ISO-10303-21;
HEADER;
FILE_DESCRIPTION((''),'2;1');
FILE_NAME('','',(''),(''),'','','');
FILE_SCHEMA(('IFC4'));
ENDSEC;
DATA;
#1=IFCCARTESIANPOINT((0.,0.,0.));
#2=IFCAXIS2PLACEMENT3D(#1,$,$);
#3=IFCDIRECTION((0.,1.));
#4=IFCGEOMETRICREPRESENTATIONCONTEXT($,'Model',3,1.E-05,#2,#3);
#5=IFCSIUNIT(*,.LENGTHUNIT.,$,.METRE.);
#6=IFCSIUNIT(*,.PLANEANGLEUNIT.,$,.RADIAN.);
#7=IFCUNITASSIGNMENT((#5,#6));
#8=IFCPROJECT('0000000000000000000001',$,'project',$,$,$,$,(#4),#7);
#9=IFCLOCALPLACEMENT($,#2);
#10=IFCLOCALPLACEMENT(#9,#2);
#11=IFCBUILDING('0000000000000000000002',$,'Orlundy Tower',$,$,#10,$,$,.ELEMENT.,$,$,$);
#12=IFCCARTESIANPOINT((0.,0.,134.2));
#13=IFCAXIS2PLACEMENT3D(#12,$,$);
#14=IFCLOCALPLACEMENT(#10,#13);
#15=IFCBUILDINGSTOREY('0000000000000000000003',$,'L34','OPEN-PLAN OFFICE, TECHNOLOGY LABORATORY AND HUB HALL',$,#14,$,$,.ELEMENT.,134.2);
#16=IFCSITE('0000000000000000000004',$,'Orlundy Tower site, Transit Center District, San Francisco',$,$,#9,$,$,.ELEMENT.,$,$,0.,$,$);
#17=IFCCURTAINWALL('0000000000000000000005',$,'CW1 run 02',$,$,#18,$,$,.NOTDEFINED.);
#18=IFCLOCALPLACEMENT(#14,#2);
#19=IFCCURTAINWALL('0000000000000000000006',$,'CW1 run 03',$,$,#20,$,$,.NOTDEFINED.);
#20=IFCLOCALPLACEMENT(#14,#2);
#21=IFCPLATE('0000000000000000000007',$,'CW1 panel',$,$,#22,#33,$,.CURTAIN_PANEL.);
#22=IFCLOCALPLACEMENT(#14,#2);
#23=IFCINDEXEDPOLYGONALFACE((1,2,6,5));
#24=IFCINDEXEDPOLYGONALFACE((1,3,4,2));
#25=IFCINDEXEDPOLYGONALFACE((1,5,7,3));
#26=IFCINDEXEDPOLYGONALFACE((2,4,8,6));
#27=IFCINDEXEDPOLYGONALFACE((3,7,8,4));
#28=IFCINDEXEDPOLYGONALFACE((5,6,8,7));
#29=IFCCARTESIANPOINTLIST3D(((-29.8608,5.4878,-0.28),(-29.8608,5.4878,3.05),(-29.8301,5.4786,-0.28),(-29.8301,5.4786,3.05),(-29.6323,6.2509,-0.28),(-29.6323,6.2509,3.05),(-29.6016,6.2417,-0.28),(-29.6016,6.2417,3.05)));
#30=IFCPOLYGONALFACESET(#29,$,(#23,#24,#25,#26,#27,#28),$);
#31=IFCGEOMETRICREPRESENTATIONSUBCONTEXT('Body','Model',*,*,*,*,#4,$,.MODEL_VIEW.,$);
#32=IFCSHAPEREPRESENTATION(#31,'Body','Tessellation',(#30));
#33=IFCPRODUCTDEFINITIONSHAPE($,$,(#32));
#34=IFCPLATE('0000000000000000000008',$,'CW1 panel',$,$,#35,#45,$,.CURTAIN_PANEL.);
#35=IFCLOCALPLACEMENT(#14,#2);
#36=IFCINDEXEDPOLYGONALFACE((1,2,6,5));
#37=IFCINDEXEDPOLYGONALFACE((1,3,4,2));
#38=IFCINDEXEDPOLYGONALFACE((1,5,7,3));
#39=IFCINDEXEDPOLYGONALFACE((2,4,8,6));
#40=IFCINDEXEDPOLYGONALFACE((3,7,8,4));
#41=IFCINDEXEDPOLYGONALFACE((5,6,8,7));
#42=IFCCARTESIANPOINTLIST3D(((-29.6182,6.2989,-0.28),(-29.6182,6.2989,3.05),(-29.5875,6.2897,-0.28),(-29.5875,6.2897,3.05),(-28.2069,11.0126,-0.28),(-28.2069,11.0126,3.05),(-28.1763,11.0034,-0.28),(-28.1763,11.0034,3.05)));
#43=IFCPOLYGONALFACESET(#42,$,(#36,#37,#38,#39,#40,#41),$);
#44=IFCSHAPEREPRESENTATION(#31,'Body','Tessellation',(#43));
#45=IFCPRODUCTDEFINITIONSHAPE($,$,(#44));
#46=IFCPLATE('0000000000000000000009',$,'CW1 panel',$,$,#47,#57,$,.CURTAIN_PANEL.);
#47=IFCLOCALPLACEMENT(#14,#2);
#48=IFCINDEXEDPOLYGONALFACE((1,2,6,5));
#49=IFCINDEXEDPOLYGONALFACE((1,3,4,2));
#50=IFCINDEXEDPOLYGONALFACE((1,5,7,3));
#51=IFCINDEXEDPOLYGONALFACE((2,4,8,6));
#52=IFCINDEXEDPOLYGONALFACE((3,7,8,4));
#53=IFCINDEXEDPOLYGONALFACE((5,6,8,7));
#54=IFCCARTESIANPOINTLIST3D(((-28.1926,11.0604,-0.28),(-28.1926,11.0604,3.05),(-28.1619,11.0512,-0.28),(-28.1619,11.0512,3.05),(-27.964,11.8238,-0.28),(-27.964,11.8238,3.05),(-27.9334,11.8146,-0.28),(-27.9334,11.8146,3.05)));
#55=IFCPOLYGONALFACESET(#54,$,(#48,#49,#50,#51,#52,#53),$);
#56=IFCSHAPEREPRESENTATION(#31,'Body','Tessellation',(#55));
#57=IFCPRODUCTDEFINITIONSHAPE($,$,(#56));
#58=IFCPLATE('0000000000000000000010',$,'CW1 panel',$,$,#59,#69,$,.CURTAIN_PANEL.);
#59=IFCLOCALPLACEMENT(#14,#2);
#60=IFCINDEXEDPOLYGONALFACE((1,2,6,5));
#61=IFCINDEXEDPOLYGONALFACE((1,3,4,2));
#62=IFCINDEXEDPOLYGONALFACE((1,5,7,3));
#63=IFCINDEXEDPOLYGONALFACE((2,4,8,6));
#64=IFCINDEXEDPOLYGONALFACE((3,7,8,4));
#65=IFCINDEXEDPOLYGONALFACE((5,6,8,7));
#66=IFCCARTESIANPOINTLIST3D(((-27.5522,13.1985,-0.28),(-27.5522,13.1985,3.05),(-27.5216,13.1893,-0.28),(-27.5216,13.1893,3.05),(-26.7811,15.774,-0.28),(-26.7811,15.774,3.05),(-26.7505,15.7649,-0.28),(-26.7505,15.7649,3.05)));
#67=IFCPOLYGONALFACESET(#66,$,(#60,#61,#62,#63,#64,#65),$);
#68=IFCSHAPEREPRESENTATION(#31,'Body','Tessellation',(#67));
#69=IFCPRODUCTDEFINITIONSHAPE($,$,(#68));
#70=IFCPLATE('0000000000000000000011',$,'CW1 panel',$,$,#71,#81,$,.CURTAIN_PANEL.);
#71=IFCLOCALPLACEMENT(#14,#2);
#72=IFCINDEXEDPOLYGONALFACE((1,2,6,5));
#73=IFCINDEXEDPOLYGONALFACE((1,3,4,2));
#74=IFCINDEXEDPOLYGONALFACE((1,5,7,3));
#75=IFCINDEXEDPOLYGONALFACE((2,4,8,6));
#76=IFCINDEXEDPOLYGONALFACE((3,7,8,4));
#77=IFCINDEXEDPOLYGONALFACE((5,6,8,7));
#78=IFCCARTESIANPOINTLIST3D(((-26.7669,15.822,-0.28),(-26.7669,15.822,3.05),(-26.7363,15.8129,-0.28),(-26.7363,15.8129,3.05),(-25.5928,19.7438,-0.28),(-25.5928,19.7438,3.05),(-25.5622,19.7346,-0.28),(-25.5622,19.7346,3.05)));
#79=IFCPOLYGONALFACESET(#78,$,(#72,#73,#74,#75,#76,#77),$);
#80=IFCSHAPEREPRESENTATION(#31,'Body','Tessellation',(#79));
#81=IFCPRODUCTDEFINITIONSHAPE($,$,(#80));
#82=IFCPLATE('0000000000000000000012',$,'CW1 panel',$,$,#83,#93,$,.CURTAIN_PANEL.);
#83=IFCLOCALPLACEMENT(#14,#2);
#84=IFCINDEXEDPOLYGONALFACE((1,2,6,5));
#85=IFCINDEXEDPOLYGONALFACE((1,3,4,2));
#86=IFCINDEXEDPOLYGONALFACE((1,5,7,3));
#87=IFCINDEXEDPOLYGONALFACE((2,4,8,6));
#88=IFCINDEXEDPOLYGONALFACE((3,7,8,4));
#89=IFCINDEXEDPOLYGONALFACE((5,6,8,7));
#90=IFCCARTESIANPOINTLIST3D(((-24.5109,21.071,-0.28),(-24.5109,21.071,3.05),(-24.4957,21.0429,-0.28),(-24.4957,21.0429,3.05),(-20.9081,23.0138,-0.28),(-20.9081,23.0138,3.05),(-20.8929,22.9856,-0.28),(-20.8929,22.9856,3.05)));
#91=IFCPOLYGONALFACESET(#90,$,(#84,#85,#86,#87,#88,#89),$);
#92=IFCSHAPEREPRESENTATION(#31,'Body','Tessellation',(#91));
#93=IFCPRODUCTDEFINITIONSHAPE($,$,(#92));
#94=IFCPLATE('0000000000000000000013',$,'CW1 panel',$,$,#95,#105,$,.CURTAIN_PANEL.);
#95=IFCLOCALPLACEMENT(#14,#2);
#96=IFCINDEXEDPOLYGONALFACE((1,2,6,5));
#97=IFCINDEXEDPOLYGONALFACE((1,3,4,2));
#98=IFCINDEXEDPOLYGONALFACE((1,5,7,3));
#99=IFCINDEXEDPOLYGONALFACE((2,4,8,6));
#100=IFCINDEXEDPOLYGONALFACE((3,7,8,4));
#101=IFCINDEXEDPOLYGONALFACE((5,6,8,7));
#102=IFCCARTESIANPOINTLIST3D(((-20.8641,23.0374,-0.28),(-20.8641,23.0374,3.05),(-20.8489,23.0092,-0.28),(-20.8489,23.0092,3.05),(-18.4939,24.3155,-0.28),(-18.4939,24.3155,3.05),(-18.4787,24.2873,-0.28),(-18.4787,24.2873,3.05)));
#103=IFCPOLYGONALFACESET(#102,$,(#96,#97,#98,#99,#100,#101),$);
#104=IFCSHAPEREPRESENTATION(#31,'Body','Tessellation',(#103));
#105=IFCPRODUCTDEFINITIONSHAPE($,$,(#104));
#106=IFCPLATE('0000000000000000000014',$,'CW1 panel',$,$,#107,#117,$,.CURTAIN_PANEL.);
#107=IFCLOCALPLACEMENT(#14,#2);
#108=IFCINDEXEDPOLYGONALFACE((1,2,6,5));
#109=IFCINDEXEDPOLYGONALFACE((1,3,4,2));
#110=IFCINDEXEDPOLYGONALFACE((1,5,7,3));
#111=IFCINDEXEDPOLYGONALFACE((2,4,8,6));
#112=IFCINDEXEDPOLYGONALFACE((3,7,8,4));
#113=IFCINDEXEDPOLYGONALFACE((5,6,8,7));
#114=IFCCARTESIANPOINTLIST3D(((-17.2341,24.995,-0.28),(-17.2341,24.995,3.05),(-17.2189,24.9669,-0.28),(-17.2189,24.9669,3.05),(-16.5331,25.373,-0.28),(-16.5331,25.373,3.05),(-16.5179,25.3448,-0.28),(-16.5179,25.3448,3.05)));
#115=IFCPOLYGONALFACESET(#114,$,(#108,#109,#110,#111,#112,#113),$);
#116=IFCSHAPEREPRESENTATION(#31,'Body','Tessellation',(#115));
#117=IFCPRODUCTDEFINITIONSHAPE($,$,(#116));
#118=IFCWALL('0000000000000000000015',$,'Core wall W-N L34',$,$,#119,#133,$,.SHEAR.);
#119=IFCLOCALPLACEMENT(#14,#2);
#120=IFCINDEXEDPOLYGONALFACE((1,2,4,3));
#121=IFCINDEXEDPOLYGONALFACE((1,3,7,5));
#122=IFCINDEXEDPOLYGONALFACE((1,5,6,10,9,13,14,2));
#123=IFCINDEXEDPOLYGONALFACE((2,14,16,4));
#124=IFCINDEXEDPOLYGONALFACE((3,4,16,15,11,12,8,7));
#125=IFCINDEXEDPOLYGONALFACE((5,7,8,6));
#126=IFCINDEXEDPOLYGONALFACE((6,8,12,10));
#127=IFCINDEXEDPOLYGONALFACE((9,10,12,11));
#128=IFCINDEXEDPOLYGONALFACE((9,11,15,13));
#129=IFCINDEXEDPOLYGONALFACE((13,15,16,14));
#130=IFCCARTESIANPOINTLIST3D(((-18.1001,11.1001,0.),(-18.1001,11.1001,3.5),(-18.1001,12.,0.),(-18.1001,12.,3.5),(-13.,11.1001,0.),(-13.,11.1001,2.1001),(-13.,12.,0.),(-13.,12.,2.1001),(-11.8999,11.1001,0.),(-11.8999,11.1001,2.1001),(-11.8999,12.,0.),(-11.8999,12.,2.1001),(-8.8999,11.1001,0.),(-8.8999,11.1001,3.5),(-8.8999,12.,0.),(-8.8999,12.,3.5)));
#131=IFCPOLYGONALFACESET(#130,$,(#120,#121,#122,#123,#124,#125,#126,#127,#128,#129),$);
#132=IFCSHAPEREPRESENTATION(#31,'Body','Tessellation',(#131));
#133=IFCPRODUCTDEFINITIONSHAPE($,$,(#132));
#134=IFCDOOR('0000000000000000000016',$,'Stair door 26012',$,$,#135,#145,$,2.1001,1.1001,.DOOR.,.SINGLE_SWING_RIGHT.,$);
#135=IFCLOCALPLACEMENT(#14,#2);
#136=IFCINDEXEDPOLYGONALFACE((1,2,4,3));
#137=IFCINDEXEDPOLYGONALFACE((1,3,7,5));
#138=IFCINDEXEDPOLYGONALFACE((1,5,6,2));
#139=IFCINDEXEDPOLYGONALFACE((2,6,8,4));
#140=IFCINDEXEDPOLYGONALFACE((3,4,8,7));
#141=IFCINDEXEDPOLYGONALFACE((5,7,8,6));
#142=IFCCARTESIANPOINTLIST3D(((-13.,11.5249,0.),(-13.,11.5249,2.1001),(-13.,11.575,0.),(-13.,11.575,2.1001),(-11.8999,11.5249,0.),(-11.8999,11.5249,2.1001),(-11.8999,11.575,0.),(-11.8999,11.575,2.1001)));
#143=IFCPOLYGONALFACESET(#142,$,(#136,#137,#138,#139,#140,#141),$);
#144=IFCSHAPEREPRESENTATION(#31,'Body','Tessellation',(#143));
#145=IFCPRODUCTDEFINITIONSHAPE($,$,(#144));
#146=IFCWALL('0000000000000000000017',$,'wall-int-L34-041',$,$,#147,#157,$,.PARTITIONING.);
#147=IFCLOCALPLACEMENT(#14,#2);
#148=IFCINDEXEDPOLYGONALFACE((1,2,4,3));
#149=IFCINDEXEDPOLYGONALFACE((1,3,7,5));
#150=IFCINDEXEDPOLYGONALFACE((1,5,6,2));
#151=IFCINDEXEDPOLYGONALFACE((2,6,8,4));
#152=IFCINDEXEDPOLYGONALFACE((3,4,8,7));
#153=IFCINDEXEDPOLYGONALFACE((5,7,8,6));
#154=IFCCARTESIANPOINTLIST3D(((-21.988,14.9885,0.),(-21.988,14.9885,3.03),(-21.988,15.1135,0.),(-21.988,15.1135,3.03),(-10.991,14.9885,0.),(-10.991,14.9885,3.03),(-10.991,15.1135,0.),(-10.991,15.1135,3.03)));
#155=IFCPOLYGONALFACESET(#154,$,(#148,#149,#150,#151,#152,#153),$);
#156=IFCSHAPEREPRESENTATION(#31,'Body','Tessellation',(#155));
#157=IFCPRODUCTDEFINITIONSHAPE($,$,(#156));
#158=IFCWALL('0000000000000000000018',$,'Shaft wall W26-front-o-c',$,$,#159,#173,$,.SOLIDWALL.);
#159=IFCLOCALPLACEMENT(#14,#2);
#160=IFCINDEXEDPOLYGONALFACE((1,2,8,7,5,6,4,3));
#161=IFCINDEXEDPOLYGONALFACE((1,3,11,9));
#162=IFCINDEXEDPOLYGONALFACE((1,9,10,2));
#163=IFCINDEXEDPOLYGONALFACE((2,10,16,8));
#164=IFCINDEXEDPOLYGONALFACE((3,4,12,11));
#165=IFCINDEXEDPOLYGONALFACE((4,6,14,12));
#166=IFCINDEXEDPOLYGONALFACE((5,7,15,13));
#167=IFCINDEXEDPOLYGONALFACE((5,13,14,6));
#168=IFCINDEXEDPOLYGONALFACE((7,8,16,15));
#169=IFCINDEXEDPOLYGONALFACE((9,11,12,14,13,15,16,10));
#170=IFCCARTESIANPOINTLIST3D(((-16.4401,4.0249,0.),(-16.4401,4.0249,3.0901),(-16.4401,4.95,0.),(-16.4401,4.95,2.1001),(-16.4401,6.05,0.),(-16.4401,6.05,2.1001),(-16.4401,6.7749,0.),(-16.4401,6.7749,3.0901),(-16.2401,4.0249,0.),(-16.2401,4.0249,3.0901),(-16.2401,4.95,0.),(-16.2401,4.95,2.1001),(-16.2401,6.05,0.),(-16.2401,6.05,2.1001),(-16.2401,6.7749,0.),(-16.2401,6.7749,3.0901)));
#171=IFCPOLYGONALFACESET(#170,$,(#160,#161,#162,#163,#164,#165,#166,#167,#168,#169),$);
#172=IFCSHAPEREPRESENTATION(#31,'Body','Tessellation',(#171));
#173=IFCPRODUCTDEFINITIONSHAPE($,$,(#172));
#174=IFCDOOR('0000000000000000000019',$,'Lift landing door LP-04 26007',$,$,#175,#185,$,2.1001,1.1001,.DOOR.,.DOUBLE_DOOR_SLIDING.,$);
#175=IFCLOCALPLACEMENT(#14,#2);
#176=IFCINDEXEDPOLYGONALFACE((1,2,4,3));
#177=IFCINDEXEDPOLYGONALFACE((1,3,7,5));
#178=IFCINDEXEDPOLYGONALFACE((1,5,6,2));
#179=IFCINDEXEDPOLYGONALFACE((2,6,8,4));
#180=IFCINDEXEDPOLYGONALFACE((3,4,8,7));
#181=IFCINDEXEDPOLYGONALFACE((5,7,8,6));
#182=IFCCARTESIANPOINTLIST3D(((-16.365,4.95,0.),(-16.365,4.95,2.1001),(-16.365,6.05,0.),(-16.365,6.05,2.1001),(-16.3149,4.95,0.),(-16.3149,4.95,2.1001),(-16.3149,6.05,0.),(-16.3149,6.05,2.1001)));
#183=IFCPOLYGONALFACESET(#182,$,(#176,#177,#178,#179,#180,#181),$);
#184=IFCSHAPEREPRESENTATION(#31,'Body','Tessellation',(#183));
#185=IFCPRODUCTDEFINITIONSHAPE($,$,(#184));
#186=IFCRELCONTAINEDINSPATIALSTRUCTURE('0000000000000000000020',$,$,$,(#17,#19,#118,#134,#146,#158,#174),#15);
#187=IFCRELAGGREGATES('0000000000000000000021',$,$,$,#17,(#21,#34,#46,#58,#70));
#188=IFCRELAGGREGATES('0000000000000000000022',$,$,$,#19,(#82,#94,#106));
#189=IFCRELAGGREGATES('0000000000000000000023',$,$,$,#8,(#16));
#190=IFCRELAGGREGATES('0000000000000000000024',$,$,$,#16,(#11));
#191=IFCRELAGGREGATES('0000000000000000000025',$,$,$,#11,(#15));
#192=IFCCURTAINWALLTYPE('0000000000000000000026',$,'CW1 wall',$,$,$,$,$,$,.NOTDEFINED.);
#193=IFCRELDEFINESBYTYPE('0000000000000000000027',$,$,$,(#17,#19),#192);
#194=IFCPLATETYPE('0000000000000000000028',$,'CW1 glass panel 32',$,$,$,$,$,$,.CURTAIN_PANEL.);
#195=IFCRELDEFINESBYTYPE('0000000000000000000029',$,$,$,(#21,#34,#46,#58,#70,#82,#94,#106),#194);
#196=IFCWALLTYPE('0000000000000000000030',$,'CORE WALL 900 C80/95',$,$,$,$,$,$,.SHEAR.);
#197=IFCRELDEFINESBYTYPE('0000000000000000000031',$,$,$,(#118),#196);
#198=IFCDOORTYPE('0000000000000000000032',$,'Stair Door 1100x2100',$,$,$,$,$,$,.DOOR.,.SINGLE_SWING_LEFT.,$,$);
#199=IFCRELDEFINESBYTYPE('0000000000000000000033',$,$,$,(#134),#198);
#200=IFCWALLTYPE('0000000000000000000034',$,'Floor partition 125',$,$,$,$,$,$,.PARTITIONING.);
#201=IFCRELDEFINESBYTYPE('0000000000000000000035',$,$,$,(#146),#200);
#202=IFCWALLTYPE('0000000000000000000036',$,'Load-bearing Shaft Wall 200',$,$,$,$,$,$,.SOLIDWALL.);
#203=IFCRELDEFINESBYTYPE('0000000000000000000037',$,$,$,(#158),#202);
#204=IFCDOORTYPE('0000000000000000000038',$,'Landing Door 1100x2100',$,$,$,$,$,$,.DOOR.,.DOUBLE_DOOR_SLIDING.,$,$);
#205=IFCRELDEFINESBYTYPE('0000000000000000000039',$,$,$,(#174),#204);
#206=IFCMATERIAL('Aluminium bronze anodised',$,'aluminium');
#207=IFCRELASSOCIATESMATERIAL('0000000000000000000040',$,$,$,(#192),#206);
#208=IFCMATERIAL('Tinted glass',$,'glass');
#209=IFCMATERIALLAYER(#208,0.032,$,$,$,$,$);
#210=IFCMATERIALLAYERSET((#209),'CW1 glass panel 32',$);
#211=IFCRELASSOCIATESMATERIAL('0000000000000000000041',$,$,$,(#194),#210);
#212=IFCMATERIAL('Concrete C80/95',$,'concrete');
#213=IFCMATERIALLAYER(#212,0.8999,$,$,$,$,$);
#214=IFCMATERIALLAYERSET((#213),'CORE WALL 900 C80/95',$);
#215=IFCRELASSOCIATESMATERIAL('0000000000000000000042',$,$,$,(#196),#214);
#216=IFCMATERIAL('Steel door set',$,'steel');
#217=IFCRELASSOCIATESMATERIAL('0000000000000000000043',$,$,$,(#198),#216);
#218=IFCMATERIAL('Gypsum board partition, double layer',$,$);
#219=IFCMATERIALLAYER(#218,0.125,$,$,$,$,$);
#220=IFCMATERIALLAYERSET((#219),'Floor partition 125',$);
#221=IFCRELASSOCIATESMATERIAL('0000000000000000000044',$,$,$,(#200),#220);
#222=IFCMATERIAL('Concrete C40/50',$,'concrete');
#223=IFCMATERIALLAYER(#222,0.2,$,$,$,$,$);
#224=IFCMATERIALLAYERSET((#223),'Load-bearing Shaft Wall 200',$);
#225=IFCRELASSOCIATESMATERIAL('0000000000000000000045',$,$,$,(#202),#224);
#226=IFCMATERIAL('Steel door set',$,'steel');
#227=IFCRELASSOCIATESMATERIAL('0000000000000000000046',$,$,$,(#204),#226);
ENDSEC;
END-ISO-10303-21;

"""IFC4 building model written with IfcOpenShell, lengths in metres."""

from ifc_helpers import new_model, si_unit, direction, frame, frame_2d, origin, origin_2d, place, context, subcontext, project, spatial, rectangle, extrude, material, layer, layer_set, type_object, element, fill, aggregate, save


model = new_model("IFC4")

# Units and contexts
model_context = context("Model", 3, precision=1e-05, world=origin(), true_north=direction((0.0, 1.0)))
body_context = subcontext(model_context, "Body", "Model", "MODEL_VIEW")
ifc_project = project(units=[si_unit("LENGTHUNIT", "METRE"), si_unit("PLANEANGLEUNIT", "RADIAN")], contexts=[model_context])

# Site, building, storey
site_placement = place(None, origin())
site = spatial("IfcSite", under=ifc_project, at=site_placement, Name="Orlundy Tower site, Transit Center District, San Francisco", CompositionType="ELEMENT", RefElevation=0.0)
building_placement = place(site_placement, origin())
building = spatial("IfcBuilding", under=site, at=building_placement, Name="Orlundy Tower", CompositionType="ELEMENT")
storey_placement = place(building_placement, frame((0.0, 0.0, 134.2)))
storey = spatial("IfcBuildingStorey", under=building, at=storey_placement, Name="L34", Description="OPEN-PLAN OFFICE, TECHNOLOGY LABORATORY AND HUB HALL", CompositionType="ELEMENT", Elevation=134.2)

# Curtain walls
ifc_material_1 = material(Name="Aluminium bronze anodised", Category="aluminium")
curtain_wall_type = type_object("IfcCurtainWallType", Name="CW1 wall", PredefinedType="NOTDEFINED", material=ifc_material_1)
curtain_wall_1_placement = place(storey_placement, origin())
curtain_wall_1 = element("IfcCurtainWall", 1, at=curtain_wall_1_placement, inside=storey, type_object=curtain_wall_type, Name="CW1 run 02", PredefinedType="NOTDEFINED")
curtain_wall_2_placement = place(storey_placement, origin())
curtain_wall_2 = element("IfcCurtainWall", 2, at=curtain_wall_2_placement, inside=storey, type_object=curtain_wall_type, Name="CW1 run 03", PredefinedType="NOTDEFINED")

# Plates
ifc_material_2 = material(Name="Tinted glass", Category="glass")
ifc_layer_1 = layer(ifc_material_2, 0.032)
ifc_layer_set_1 = layer_set([ifc_layer_1], Name="CW1 glass panel 32")
plate_type = type_object("IfcPlateType", Name="CW1 glass panel 32", PredefinedType="CURTAIN_PANEL", material=ifc_layer_set_1)
plate_1_placement = place(storey_placement, frame((-29.7312, 5.8647, -0.28), z_axis=(0.0, 0.0, 1.0), x_axis=(0.286816, 0.957986, 0.0)))
plate_1 = element("IfcPlate", 3, at=plate_1_placement, type_object=plate_type, Name="CW1 panel", PredefinedType="CURTAIN_PANEL", context=body_context, shape_type="SweptSolid", body=[
    extrude(rectangle(XDim=0.7966, YDim=0.032, at=origin_2d()), origin(), (0.0, 0.0, 1.0), 3.3301),
])
plate_2_placement = place(storey_placement, frame((-28.8972, 8.6511, -0.28), z_axis=(0.0, 0.0, 1.0), x_axis=(0.286816, 0.957986, 0.0)))
plate_2 = element("IfcPlate", 4, at=plate_2_placement, type_object=plate_type, Name="CW1 panel", PredefinedType="CURTAIN_PANEL", context=body_context, shape_type="SweptSolid", body=[
    extrude(rectangle(XDim=4.9204, YDim=0.032, at=origin_2d()), origin(), (0.0, 0.0, 1.0), 3.3301),
])
plate_3_placement = place(storey_placement, frame((-28.063, 11.4375, -0.28), z_axis=(0.0, 0.0, 1.0), x_axis=(0.286816, 0.957986, 0.0)))
plate_3 = element("IfcPlate", 5, at=plate_3_placement, type_object=plate_type, Name="CW1 panel", PredefinedType="CURTAIN_PANEL", context=body_context, shape_type="SweptSolid", body=[
    extrude(rectangle(XDim=0.7969, YDim=0.032, at=origin_2d()), origin(), (0.0, 0.0, 1.0), 3.3301),
])
plate_4_placement = place(storey_placement, frame((-27.1514, 14.4817, -0.28), z_axis=(0.0, 0.0, 1.0), x_axis=(0.286816, 0.957986, 0.0)))
plate_4 = element("IfcPlate", 6, at=plate_4_placement, type_object=plate_type, Name="CW1 panel", PredefinedType="CURTAIN_PANEL", context=body_context, shape_type="SweptSolid", body=[
    extrude(rectangle(XDim=2.6885, YDim=0.032, at=origin_2d()), origin(), (0.0, 0.0, 1.0), 3.3301),
])
plate_5_placement = place(storey_placement, frame((-26.1646, 17.7783, -0.28), z_axis=(0.0, 0.0, 1.0), x_axis=(0.286816, 0.957986, 0.0)))
plate_5 = element("IfcPlate", 7, at=plate_5_placement, type_object=plate_type, Name="CW1 panel", PredefinedType="CURTAIN_PANEL", context=body_context, shape_type="SweptSolid", body=[
    extrude(rectangle(XDim=4.0938, YDim=0.032, at=origin_2d()), origin(), (0.0, 0.0, 1.0), 3.3301),
])
aggregate(curtain_wall_1, [plate_1, plate_2, plate_3, plate_4, plate_5])
plate_6_placement = place(storey_placement, frame((-22.7019, 22.0283, -0.28), z_axis=(0.0, 0.0, 1.0), x_axis=(0.880192, 0.474618, 0.0)))
plate_6 = element("IfcPlate", 8, at=plate_6_placement, type_object=plate_type, Name="CW1 panel", PredefinedType="CURTAIN_PANEL", context=body_context, shape_type="SweptSolid", body=[
    extrude(rectangle(XDim=4.0933, YDim=0.032, at=origin_2d()), origin(), (0.0, 0.0, 1.0), 3.3301),
])
plate_7_placement = place(storey_placement, frame((-19.6714, 23.6624, -0.28), z_axis=(0.0, 0.0, 1.0), x_axis=(0.880192, 0.474618, 0.0)))
plate_7 = element("IfcPlate", 9, at=plate_7_placement, type_object=plate_type, Name="CW1 panel", PredefinedType="CURTAIN_PANEL", context=body_context, shape_type="SweptSolid", body=[
    extrude(rectangle(XDim=2.6929, YDim=0.032, at=origin_2d()), origin(), (0.0, 0.0, 1.0), 3.3301),
])
plate_8_placement = place(storey_placement, frame((-16.876, 25.1699, -0.28), z_axis=(0.0, 0.0, 1.0), x_axis=(0.880192, 0.474618, 0.0)))
plate_8 = element("IfcPlate", 10, at=plate_8_placement, type_object=plate_type, Name="CW1 panel", PredefinedType="CURTAIN_PANEL", context=body_context, shape_type="SweptSolid", body=[
    extrude(rectangle(XDim=0.7964, YDim=0.032, at=origin_2d()), origin(), (0.0, 0.0, 1.0), 3.3301),
])
aggregate(curtain_wall_2, [plate_6, plate_7, plate_8])

# Wall, opening, door
ifc_material_3 = material(Name="Concrete C80/95", Category="concrete")
ifc_layer_2 = layer(ifc_material_3, 0.8999)
ifc_layer_set_2 = layer_set([ifc_layer_2], Name="CORE WALL 900 C80/95")
wall_type_1 = type_object("IfcWallType", Name="CORE WALL 900 C80/95", PredefinedType="SHEAR", material=ifc_layer_set_2)
wall_1_placement = place(storey_placement, frame((-18.1001, 11.55, 0.0), z_axis=(0.0, 0.0, 1.0), x_axis=(1.0, 0.0, 0.0)))
wall_1 = element("IfcWall", 11, at=wall_1_placement, inside=storey, type_object=wall_type_1, Name="Core wall W-N L34", PredefinedType="SHEAR", context=body_context, shape_type="SweptSolid", body=[
    extrude(rectangle(XDim=9.2002, YDim=0.8999, at=frame_2d((4.6001, 0.0))), origin(), (0.0, 0.0, 1.0), 3.5),
])
opening_1_placement = place(wall_1_placement, frame((5.1001, 0.0, 0.0)))
opening_1 = element("IfcOpeningElement", 12, at=opening_1_placement, cuts=wall_1, PredefinedType="OPENING", context=body_context, shape_type="SweptSolid", body=[
    extrude(rectangle(XDim=1.1001, YDim=2.1001, at=frame_2d((0.55, 1.05))), frame((0.0, 0.46, 0.0), z_axis=(0.0, -1.0, 0.0), x_axis=(1.0, 0.0, 0.0)), (0.0, 0.0, 1.0), 0.9199),
])
ifc_material_4 = material(Name="Steel door set", Category="steel")
door_type_1 = type_object("IfcDoorType", Name="Stair Door 1100x2100", OperationType="SINGLE_SWING_LEFT", PredefinedType="DOOR", material=ifc_material_4)
door_1_placement = place(opening_1_placement, origin())
door_1 = element("IfcDoor", 13, at=door_1_placement, inside=storey, type_object=door_type_1, Name="Stair door 26012", OperationType="SINGLE_SWING_RIGHT", OverallHeight=2.1001, OverallWidth=1.1001, PredefinedType="DOOR", context=body_context, shape_type="SweptSolid", body=[
    extrude(rectangle(XDim=1.1001, YDim=2.1001, at=frame_2d((0.55, 1.05))), frame((0.0, 0.0249, 0.0), z_axis=(0.0, -1.0, 0.0), x_axis=(1.0, 0.0, 0.0)), (0.0, 0.0, 1.0), 0.05),
])
fill(opening_1, door_1)

# Wall
ifc_material_5 = material(Name="Gypsum board partition, double layer")
ifc_layer_3 = layer(ifc_material_5, 0.125)
ifc_layer_set_3 = layer_set([ifc_layer_3], Name="Floor partition 125")
wall_type_2 = type_object("IfcWallType", Name="Floor partition 125", PredefinedType="PARTITIONING", material=ifc_layer_set_3)
wall_2_placement = place(storey_placement, frame((-21.988, 15.051, 0.0), z_axis=(0.0, 0.0, 1.0), x_axis=(1.0, 0.0, 0.0)))
element("IfcWall", 14, at=wall_2_placement, inside=storey, type_object=wall_type_2, Name="wall-int-L34-041", PredefinedType="PARTITIONING", context=body_context, shape_type="SweptSolid", body=[
    extrude(rectangle(XDim=10.9971, YDim=0.125, at=frame_2d((5.4985, 0.0))), origin(), (0.0, 0.0, 1.0), 3.03),
])

# Wall, opening, door
ifc_material_6 = material(Name="Concrete C40/50", Category="concrete")
ifc_layer_4 = layer(ifc_material_6, 0.2)
ifc_layer_set_4 = layer_set([ifc_layer_4], Name="Load-bearing Shaft Wall 200")
wall_type_3 = type_object("IfcWallType", Name="Load-bearing Shaft Wall 200", PredefinedType="SOLIDWALL", material=ifc_layer_set_4)
wall_3_placement = place(storey_placement, frame((-16.3401, 4.0249, 0.0), z_axis=(0.0, 0.0, 1.0), x_axis=(0.0, 1.0, 0.0)))
wall_3 = element("IfcWall", 15, at=wall_3_placement, inside=storey, type_object=wall_type_3, Name="Shaft wall W26-front-o-c", PredefinedType="SOLIDWALL", context=body_context, shape_type="SweptSolid", body=[
    extrude(rectangle(XDim=2.75, YDim=0.2, at=frame_2d((1.375, 0.0))), origin(), (0.0, 0.0, 1.0), 3.0901),
])
opening_2_placement = place(wall_3_placement, frame((0.925, 0.0, 0.0)))
opening_2 = element("IfcOpeningElement", 16, at=opening_2_placement, cuts=wall_3, PredefinedType="OPENING", context=body_context, shape_type="SweptSolid", body=[
    extrude(rectangle(XDim=1.1001, YDim=2.1001, at=frame_2d((0.55, 1.05))), frame((0.0, 0.1101, 0.0), z_axis=(0.0, -1.0, 0.0), x_axis=(1.0, 0.0, 0.0)), (0.0, 0.0, 1.0), 0.2202),
])
ifc_material_7 = material(Name="Steel door set", Category="steel")
door_type_2 = type_object("IfcDoorType", Name="Landing Door 1100x2100", OperationType="DOUBLE_DOOR_SLIDING", PredefinedType="DOOR", material=ifc_material_7)
door_2_placement = place(opening_2_placement, origin())
door_2 = element("IfcDoor", 17, at=door_2_placement, inside=storey, type_object=door_type_2, Name="Lift landing door LP-04 26007", OperationType="DOUBLE_DOOR_SLIDING", OverallHeight=2.1001, OverallWidth=1.1001, PredefinedType="DOOR", context=body_context, shape_type="SweptSolid", body=[
    extrude(rectangle(XDim=1.1001, YDim=2.1001, at=frame_2d((0.55, 1.05))), frame((0.0, 0.0249, 0.0), z_axis=(0.0, -1.0, 0.0), x_axis=(1.0, 0.0, 0.0)), (0.0, 0.0, 1.0), 0.05),
])
fill(opening_2, door_2)

save(model, "model.ifc")
